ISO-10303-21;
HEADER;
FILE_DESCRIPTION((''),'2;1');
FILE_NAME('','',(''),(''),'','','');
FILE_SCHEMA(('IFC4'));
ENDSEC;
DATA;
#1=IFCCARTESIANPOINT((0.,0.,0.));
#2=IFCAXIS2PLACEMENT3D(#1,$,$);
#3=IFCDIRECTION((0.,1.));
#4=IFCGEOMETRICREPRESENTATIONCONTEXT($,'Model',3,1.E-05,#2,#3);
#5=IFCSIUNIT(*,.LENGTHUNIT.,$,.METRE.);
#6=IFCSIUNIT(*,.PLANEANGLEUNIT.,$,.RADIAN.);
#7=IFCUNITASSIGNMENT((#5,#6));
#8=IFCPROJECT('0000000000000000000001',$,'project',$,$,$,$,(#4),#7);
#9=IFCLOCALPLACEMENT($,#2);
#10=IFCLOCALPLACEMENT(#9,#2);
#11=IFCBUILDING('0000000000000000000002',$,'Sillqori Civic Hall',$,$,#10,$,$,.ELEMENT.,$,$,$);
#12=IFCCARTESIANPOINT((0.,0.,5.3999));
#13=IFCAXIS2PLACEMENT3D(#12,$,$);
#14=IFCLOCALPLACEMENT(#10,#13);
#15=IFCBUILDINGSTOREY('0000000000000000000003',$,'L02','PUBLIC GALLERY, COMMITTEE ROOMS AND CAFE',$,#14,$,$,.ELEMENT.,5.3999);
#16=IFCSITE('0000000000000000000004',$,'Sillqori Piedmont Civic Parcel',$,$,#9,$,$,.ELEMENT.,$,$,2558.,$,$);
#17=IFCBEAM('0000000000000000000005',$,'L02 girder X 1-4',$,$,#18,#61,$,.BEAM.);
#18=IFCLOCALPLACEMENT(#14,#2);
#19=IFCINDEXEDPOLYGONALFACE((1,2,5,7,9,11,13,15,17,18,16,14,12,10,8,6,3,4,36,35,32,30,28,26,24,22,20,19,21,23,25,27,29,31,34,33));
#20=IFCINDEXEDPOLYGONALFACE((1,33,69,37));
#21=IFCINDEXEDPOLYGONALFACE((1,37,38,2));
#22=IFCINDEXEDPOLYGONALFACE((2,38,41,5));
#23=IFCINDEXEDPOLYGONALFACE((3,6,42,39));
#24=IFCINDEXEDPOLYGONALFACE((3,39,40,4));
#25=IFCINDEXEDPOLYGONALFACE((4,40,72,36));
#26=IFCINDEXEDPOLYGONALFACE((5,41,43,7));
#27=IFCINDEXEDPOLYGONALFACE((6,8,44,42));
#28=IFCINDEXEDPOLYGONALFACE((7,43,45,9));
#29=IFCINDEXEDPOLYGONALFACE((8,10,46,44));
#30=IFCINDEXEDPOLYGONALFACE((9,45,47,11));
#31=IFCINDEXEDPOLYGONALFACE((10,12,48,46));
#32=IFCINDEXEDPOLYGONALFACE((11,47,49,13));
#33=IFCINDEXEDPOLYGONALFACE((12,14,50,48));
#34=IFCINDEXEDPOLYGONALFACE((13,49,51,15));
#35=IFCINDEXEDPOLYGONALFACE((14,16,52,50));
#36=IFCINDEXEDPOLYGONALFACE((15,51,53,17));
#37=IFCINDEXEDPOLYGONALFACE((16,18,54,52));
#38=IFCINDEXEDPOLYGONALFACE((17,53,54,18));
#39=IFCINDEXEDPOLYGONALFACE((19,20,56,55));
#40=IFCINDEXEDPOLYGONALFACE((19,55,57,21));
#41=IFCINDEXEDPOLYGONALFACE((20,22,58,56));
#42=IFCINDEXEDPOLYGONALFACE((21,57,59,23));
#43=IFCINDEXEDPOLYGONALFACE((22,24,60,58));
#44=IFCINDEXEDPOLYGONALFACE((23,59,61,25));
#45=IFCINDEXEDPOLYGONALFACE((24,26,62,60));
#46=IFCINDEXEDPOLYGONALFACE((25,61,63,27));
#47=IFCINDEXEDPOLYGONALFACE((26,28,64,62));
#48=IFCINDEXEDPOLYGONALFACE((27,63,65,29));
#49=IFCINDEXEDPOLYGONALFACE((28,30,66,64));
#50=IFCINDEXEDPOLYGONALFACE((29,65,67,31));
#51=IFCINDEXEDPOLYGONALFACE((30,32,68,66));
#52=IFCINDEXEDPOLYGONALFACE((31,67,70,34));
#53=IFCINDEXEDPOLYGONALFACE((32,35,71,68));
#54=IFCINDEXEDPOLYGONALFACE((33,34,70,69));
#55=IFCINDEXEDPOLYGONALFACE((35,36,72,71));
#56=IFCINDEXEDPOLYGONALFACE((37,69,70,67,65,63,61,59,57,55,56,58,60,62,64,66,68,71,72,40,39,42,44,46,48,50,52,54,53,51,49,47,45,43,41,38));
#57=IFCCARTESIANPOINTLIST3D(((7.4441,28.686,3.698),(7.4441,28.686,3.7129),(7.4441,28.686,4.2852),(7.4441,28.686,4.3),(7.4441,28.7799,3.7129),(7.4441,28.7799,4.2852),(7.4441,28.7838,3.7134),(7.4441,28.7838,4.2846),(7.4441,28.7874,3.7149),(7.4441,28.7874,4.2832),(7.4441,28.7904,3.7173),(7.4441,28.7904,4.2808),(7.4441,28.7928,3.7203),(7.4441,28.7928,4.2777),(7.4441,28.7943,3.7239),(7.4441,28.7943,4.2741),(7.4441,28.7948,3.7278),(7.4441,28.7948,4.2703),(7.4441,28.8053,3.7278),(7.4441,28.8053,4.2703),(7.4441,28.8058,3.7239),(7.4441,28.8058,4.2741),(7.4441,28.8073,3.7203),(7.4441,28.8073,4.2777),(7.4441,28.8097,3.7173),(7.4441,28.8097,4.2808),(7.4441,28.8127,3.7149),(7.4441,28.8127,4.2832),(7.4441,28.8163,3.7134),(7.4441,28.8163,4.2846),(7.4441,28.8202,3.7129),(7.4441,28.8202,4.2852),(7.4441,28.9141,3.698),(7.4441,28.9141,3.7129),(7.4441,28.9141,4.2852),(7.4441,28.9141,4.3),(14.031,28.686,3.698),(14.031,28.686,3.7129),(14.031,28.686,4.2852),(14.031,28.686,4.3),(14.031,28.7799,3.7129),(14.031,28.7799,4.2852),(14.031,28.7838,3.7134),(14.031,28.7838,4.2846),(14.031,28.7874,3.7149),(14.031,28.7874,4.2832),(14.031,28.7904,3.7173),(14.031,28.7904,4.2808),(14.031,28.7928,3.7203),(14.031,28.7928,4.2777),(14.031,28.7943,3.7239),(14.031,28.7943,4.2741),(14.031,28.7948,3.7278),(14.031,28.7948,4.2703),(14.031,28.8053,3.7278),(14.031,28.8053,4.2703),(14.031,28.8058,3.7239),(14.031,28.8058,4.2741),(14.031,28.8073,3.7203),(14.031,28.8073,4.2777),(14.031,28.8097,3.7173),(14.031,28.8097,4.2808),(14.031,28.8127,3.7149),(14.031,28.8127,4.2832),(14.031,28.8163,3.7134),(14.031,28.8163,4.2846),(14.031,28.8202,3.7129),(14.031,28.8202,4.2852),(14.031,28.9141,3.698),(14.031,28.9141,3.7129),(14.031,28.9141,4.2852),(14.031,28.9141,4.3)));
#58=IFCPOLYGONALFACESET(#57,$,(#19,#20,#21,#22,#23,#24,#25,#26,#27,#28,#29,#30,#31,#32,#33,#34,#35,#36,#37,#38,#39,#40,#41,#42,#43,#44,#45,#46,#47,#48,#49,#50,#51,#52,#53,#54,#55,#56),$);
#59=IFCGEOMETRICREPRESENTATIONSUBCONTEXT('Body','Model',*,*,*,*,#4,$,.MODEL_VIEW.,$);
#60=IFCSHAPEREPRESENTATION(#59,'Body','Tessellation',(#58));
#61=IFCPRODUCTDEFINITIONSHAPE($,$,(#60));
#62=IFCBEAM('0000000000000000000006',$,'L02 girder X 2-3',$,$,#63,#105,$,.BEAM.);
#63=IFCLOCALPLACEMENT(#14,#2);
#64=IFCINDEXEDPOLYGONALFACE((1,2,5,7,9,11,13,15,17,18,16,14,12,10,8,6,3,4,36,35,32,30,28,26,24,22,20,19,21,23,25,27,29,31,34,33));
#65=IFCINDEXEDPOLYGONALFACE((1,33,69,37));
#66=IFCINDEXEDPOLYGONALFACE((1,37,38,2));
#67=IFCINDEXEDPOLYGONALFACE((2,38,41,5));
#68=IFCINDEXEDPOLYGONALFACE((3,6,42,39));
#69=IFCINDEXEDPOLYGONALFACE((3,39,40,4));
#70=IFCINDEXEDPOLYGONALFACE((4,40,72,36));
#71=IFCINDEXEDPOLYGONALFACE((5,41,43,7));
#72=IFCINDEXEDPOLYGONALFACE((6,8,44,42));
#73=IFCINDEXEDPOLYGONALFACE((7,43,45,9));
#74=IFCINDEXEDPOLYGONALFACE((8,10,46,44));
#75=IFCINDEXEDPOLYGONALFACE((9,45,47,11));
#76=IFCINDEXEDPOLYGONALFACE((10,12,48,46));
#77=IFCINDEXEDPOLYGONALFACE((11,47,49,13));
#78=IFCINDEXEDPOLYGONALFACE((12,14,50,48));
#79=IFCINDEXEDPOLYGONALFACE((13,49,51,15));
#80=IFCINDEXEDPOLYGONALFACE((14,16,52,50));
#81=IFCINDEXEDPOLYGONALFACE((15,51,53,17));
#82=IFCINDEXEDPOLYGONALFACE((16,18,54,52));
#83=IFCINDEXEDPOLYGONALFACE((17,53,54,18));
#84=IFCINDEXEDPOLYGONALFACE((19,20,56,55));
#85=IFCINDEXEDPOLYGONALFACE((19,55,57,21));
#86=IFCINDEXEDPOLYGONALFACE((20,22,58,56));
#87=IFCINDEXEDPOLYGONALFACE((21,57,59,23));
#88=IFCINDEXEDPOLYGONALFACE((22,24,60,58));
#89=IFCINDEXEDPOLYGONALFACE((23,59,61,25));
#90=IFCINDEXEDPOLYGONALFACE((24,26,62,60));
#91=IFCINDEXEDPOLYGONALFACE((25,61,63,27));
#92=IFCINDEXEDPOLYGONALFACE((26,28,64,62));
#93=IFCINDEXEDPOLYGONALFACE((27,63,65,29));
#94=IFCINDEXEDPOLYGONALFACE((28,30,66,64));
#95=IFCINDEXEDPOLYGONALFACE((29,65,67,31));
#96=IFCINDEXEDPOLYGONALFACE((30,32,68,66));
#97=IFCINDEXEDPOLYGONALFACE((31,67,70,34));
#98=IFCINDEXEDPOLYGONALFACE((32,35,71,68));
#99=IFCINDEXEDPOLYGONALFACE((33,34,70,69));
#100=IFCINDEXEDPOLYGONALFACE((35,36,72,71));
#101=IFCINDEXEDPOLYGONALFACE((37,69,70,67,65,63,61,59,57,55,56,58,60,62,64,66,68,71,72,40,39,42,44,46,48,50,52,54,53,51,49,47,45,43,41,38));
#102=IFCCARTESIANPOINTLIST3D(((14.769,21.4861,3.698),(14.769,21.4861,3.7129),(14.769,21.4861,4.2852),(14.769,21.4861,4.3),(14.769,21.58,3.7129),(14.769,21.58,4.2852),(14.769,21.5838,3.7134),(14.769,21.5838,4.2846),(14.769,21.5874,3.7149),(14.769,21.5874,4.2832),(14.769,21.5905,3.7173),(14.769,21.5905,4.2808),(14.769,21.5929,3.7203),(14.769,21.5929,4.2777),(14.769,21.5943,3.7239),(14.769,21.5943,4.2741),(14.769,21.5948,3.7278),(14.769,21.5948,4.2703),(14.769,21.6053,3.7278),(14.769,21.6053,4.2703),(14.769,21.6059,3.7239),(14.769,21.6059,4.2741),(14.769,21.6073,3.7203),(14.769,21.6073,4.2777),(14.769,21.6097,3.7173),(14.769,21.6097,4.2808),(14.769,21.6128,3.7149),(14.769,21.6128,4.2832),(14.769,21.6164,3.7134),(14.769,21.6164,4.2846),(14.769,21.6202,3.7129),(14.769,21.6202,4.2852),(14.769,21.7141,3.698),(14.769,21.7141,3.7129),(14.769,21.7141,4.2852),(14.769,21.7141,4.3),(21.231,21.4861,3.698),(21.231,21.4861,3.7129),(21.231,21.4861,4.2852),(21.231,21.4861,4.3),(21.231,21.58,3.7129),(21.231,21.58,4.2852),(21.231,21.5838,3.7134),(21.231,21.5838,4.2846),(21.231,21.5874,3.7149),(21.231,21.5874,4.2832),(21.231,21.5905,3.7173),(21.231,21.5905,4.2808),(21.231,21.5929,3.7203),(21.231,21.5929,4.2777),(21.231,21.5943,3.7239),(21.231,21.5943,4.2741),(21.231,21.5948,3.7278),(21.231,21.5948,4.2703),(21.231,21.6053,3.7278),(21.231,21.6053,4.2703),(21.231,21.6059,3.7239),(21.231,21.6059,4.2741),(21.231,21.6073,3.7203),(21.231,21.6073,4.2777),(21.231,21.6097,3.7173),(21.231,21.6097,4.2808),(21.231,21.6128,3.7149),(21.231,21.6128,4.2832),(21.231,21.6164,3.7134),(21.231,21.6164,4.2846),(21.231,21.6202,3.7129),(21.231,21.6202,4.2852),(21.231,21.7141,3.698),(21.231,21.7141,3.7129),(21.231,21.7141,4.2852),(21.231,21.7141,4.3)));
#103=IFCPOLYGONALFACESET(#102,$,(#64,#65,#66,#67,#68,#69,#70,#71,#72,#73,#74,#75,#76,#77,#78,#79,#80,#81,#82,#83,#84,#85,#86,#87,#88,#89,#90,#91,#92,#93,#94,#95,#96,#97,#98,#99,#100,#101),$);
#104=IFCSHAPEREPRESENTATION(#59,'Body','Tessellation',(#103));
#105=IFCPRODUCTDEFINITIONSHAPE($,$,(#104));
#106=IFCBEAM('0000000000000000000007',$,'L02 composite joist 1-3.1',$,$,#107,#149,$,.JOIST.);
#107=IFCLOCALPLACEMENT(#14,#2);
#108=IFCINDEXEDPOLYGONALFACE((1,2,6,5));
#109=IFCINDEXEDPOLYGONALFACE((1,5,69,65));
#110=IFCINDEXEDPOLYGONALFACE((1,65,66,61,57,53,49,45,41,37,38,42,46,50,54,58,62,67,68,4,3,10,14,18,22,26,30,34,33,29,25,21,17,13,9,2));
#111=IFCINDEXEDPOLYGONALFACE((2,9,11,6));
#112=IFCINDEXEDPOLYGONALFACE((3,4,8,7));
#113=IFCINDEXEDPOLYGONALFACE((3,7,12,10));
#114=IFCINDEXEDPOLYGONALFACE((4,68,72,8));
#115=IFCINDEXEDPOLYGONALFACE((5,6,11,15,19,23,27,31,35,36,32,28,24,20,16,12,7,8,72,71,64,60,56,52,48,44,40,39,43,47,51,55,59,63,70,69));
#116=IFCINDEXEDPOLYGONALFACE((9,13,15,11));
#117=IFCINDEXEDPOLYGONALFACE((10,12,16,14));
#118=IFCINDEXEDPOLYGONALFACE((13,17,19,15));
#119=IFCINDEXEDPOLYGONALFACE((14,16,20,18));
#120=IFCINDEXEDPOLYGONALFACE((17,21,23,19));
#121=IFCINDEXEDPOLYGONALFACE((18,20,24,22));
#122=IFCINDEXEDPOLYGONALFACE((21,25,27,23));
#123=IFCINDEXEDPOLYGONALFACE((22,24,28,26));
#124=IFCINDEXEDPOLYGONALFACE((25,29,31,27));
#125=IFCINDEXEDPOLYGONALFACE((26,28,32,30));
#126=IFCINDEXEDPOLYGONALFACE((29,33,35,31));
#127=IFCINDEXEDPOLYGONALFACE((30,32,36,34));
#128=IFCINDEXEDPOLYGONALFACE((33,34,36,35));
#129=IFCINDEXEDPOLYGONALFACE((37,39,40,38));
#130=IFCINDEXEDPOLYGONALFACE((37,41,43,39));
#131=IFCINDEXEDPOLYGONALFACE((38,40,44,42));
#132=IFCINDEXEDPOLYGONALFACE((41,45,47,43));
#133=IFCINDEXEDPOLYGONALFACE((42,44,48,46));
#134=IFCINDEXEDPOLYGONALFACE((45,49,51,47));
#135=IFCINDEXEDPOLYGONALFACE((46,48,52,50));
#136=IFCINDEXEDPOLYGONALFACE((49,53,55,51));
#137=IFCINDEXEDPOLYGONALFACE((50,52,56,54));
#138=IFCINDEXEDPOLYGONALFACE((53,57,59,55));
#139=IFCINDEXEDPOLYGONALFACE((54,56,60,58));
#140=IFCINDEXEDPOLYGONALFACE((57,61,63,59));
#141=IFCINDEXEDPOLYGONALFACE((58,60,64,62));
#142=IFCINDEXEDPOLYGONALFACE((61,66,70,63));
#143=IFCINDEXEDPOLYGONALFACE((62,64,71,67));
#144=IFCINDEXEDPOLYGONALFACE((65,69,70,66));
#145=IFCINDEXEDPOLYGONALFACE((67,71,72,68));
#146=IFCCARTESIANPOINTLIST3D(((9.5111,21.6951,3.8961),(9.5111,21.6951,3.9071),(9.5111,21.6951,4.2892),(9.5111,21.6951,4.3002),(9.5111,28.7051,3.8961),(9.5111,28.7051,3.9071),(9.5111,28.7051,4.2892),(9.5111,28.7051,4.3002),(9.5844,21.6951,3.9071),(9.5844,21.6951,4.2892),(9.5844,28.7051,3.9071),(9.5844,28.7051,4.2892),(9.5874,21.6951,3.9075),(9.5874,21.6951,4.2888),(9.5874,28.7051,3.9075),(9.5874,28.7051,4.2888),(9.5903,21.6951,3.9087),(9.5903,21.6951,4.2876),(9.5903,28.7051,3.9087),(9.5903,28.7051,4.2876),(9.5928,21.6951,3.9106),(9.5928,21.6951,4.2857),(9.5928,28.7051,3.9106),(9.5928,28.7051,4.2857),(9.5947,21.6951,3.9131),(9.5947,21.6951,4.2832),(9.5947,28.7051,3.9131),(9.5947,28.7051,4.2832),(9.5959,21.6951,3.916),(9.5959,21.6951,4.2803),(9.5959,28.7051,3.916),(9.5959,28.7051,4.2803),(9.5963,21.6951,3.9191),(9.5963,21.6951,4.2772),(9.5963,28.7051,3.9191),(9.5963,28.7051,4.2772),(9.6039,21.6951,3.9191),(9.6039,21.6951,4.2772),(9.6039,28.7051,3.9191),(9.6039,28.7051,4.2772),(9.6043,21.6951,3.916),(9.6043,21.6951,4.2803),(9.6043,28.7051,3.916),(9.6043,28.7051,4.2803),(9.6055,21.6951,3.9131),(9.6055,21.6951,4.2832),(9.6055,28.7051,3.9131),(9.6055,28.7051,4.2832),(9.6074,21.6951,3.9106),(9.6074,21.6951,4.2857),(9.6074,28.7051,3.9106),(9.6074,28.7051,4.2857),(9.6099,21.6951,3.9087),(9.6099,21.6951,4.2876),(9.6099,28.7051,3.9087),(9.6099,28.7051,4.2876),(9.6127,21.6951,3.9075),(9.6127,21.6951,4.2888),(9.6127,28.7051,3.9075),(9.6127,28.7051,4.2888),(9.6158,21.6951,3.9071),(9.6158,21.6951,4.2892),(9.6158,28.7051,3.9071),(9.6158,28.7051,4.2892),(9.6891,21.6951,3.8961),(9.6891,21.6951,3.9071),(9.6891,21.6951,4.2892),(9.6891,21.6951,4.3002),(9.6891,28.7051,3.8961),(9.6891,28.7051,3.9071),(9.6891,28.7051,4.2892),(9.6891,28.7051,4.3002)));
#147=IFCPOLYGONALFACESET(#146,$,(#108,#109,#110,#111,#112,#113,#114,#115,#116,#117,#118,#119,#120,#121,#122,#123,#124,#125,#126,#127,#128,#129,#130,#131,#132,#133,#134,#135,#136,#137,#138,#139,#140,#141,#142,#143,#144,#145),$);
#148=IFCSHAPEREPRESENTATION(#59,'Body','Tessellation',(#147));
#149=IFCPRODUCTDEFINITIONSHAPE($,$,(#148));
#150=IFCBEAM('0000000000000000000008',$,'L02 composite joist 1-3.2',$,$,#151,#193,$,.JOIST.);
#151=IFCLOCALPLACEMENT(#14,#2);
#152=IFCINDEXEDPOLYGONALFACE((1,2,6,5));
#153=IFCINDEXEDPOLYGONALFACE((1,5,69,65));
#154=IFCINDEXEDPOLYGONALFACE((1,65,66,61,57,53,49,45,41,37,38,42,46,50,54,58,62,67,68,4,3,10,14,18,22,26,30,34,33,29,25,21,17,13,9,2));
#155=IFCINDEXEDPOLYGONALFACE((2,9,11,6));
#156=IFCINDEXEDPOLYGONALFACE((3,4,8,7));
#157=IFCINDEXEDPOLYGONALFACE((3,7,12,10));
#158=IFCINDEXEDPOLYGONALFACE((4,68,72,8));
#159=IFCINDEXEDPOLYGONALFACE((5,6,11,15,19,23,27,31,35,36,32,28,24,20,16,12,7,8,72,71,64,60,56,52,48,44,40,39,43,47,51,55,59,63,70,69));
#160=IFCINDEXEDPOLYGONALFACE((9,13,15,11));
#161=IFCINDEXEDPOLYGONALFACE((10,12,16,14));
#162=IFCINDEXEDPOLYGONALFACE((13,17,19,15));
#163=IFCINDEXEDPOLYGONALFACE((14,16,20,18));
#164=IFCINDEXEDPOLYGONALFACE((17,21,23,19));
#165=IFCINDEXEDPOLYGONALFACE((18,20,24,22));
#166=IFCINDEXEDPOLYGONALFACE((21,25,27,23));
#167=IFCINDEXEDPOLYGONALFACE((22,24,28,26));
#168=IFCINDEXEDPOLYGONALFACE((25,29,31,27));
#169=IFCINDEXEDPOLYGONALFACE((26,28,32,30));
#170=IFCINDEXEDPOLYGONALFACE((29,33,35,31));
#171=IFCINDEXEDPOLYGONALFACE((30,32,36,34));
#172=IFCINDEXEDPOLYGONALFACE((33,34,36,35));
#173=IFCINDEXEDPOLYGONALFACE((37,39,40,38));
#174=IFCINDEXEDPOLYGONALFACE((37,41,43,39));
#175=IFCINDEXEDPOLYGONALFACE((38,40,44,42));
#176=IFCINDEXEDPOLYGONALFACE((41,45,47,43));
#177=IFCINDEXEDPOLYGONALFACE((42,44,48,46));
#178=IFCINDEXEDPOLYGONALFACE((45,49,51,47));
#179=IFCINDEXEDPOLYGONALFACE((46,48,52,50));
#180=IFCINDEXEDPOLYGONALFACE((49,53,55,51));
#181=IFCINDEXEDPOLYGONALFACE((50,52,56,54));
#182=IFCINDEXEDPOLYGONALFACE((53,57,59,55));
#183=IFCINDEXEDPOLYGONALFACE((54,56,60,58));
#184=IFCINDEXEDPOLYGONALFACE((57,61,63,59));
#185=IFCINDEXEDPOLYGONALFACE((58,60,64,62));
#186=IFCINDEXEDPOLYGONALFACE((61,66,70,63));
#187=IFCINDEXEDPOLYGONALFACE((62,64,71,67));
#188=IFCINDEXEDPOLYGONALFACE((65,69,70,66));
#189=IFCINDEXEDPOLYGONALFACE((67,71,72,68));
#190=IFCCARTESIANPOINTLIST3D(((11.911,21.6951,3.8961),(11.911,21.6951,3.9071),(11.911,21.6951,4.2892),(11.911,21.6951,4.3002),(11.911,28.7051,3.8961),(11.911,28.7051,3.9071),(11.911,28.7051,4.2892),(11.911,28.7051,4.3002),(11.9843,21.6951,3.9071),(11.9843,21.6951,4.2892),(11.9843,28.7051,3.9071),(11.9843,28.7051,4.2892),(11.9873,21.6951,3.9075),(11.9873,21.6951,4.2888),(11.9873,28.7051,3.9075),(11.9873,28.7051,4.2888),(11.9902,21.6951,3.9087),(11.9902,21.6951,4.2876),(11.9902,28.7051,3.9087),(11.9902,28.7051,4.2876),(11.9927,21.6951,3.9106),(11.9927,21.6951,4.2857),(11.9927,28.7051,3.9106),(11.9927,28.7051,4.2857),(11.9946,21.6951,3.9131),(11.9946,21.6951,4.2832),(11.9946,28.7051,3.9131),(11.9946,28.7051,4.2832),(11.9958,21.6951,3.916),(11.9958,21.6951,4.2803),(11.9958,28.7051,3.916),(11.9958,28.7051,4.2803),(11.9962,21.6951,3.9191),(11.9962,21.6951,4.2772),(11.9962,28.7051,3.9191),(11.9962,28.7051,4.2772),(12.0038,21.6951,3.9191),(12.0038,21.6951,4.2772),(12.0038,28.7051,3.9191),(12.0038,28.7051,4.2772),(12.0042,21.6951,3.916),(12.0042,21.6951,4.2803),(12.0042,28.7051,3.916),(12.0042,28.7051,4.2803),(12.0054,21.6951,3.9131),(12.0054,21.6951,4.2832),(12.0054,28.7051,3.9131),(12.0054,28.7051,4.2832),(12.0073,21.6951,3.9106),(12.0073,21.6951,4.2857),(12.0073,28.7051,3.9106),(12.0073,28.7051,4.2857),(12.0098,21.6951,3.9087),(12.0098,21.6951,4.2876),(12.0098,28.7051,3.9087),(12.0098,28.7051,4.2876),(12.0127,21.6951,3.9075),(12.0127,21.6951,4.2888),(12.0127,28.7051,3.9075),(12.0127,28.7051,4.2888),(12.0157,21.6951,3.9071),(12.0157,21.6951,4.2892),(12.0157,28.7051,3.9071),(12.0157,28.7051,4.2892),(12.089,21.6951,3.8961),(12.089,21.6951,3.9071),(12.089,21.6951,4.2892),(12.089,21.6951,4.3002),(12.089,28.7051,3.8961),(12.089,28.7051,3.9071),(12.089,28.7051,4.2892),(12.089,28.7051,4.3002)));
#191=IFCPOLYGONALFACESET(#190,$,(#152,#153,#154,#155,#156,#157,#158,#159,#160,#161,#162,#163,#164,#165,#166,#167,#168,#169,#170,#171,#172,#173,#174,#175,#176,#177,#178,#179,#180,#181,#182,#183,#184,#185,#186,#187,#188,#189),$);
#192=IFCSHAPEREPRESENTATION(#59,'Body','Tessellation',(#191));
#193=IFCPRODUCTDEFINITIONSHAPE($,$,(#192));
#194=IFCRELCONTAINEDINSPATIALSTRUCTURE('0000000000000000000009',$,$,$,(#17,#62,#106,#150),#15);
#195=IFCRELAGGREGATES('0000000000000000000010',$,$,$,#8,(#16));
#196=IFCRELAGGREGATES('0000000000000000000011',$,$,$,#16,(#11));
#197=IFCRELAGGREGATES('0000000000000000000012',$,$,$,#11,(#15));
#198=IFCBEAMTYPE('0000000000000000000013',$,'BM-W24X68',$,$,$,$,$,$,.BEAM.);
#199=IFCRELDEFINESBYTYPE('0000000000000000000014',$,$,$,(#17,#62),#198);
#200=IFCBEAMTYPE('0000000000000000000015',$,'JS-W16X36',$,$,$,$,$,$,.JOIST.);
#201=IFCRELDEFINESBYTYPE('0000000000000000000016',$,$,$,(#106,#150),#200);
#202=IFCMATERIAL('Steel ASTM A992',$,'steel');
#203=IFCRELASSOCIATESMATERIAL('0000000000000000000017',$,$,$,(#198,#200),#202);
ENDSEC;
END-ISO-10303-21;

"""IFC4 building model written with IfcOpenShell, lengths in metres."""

from ifc_helpers import new_model, si_unit, direction, frame, origin, origin_2d, place, context, subcontext, project, spatial, i_section, extrude, material, material_profile, profile_set, type_object, element, save


model = new_model("IFC4")

# Units and contexts
model_context = context("Model", 3, precision=1e-05, world=origin(), true_north=direction((0.0, 1.0)))
body_context = subcontext(model_context, "Body", "Model", "MODEL_VIEW")
ifc_project = project(units=[si_unit("LENGTHUNIT", "METRE"), si_unit("PLANEANGLEUNIT", "RADIAN")], contexts=[model_context])

# Site, building, storey
site_placement = place(None, origin())
site = spatial("IfcSite", under=ifc_project, at=site_placement, Name="Sillqori Piedmont Civic Parcel", CompositionType="ELEMENT", RefElevation=2558.0)
building_placement = place(site_placement, origin())
building = spatial("IfcBuilding", under=site, at=building_placement, Name="Sillqori Civic Hall", CompositionType="ELEMENT")
storey_placement = place(building_placement, frame((0.0, 0.0, 5.3999)))
storey = spatial("IfcBuildingStorey", under=building, at=storey_placement, Name="L02", Description="PUBLIC GALLERY, COMMITTEE ROOMS AND CAFE", CompositionType="ELEMENT", Elevation=5.3999)

# Beams
ifc_material_1 = material(Name="Steel ASTM A992", Category="steel")
ifc_material_profile_1 = material_profile(ifc_material_1, i_section(OverallWidth=0.228, OverallDepth=0.6021, WebThickness=0.0105, FlangeThickness=0.0149, FilletRadius=0.0149, at=origin_2d()), Name="W24X68")
ifc_profile_set_1 = profile_set([ifc_material_profile_1], Name="Steel ASTM A992")
beam_type_1 = type_object("IfcBeamType", Name="BM-W24X68", PredefinedType="BEAM", material=ifc_profile_set_1)
beam_1_placement = place(storey_placement, frame((7.4441, 28.8, 3.999), z_axis=(1.0, 0.0, 0.0), x_axis=(0.0, 1.0, 0.0)))
element("IfcBeam", 1, at=beam_1_placement, inside=storey, type_object=beam_type_1, Name="L02 girder X 1-4", PredefinedType="BEAM", context=body_context, shape_type="SweptSolid", body=[
    extrude(i_section(OverallWidth=0.228, OverallDepth=0.6021, WebThickness=0.0105, FlangeThickness=0.0149, FilletRadius=0.0149, at=origin_2d()), origin(), (0.0, 0.0, 1.0), 6.5869),
])
beam_2_placement = place(storey_placement, frame((14.769, 21.6001, 3.999), z_axis=(1.0, 0.0, 0.0), x_axis=(0.0, 1.0, 0.0)))
element("IfcBeam", 2, at=beam_2_placement, inside=storey, type_object=beam_type_1, Name="L02 girder X 2-3", PredefinedType="BEAM", context=body_context, shape_type="SweptSolid", body=[
    extrude(i_section(OverallWidth=0.228, OverallDepth=0.6021, WebThickness=0.0105, FlangeThickness=0.0149, FilletRadius=0.0149, at=origin_2d()), origin(), (0.0, 0.0, 1.0), 6.4619),
])
ifc_material_profile_2 = material_profile(ifc_material_1, i_section(OverallWidth=0.178, OverallDepth=0.4041, WebThickness=0.0076, FlangeThickness=0.011, FilletRadius=0.012, at=origin_2d()), Name="W16X36")
ifc_profile_set_2 = profile_set([ifc_material_profile_2], Name="Steel ASTM A992")
beam_type_2 = type_object("IfcBeamType", Name="JS-W16X36", PredefinedType="JOIST", material=ifc_profile_set_2)
for number, where, z_axis, x_axis, name in (
    (3, (9.6001, 21.6951, 4.0981), (0.0, 1.0, 0.0), (-1.0, 0.0, 0.0), "L02 composite joist 1-3.1"),
    (4, (12.0, 21.6951, 4.0981), (0.0, 1.0, 0.0), (-1.0, 0.0, 0.0), "L02 composite joist 1-3.2"),
):
    element("IfcBeam", number, at=place(storey_placement, frame(where, z_axis=z_axis, x_axis=x_axis)), inside=storey, type_object=beam_type_2, Name=name, PredefinedType="JOIST", context=body_context, shape_type="SweptSolid", body=[
        extrude(i_section(OverallWidth=0.178, OverallDepth=0.4041, WebThickness=0.0076, FlangeThickness=0.011, FilletRadius=0.012, at=origin_2d()), origin(), (0.0, 0.0, 1.0), 7.01),
    ])

save(model, "model.ifc")
